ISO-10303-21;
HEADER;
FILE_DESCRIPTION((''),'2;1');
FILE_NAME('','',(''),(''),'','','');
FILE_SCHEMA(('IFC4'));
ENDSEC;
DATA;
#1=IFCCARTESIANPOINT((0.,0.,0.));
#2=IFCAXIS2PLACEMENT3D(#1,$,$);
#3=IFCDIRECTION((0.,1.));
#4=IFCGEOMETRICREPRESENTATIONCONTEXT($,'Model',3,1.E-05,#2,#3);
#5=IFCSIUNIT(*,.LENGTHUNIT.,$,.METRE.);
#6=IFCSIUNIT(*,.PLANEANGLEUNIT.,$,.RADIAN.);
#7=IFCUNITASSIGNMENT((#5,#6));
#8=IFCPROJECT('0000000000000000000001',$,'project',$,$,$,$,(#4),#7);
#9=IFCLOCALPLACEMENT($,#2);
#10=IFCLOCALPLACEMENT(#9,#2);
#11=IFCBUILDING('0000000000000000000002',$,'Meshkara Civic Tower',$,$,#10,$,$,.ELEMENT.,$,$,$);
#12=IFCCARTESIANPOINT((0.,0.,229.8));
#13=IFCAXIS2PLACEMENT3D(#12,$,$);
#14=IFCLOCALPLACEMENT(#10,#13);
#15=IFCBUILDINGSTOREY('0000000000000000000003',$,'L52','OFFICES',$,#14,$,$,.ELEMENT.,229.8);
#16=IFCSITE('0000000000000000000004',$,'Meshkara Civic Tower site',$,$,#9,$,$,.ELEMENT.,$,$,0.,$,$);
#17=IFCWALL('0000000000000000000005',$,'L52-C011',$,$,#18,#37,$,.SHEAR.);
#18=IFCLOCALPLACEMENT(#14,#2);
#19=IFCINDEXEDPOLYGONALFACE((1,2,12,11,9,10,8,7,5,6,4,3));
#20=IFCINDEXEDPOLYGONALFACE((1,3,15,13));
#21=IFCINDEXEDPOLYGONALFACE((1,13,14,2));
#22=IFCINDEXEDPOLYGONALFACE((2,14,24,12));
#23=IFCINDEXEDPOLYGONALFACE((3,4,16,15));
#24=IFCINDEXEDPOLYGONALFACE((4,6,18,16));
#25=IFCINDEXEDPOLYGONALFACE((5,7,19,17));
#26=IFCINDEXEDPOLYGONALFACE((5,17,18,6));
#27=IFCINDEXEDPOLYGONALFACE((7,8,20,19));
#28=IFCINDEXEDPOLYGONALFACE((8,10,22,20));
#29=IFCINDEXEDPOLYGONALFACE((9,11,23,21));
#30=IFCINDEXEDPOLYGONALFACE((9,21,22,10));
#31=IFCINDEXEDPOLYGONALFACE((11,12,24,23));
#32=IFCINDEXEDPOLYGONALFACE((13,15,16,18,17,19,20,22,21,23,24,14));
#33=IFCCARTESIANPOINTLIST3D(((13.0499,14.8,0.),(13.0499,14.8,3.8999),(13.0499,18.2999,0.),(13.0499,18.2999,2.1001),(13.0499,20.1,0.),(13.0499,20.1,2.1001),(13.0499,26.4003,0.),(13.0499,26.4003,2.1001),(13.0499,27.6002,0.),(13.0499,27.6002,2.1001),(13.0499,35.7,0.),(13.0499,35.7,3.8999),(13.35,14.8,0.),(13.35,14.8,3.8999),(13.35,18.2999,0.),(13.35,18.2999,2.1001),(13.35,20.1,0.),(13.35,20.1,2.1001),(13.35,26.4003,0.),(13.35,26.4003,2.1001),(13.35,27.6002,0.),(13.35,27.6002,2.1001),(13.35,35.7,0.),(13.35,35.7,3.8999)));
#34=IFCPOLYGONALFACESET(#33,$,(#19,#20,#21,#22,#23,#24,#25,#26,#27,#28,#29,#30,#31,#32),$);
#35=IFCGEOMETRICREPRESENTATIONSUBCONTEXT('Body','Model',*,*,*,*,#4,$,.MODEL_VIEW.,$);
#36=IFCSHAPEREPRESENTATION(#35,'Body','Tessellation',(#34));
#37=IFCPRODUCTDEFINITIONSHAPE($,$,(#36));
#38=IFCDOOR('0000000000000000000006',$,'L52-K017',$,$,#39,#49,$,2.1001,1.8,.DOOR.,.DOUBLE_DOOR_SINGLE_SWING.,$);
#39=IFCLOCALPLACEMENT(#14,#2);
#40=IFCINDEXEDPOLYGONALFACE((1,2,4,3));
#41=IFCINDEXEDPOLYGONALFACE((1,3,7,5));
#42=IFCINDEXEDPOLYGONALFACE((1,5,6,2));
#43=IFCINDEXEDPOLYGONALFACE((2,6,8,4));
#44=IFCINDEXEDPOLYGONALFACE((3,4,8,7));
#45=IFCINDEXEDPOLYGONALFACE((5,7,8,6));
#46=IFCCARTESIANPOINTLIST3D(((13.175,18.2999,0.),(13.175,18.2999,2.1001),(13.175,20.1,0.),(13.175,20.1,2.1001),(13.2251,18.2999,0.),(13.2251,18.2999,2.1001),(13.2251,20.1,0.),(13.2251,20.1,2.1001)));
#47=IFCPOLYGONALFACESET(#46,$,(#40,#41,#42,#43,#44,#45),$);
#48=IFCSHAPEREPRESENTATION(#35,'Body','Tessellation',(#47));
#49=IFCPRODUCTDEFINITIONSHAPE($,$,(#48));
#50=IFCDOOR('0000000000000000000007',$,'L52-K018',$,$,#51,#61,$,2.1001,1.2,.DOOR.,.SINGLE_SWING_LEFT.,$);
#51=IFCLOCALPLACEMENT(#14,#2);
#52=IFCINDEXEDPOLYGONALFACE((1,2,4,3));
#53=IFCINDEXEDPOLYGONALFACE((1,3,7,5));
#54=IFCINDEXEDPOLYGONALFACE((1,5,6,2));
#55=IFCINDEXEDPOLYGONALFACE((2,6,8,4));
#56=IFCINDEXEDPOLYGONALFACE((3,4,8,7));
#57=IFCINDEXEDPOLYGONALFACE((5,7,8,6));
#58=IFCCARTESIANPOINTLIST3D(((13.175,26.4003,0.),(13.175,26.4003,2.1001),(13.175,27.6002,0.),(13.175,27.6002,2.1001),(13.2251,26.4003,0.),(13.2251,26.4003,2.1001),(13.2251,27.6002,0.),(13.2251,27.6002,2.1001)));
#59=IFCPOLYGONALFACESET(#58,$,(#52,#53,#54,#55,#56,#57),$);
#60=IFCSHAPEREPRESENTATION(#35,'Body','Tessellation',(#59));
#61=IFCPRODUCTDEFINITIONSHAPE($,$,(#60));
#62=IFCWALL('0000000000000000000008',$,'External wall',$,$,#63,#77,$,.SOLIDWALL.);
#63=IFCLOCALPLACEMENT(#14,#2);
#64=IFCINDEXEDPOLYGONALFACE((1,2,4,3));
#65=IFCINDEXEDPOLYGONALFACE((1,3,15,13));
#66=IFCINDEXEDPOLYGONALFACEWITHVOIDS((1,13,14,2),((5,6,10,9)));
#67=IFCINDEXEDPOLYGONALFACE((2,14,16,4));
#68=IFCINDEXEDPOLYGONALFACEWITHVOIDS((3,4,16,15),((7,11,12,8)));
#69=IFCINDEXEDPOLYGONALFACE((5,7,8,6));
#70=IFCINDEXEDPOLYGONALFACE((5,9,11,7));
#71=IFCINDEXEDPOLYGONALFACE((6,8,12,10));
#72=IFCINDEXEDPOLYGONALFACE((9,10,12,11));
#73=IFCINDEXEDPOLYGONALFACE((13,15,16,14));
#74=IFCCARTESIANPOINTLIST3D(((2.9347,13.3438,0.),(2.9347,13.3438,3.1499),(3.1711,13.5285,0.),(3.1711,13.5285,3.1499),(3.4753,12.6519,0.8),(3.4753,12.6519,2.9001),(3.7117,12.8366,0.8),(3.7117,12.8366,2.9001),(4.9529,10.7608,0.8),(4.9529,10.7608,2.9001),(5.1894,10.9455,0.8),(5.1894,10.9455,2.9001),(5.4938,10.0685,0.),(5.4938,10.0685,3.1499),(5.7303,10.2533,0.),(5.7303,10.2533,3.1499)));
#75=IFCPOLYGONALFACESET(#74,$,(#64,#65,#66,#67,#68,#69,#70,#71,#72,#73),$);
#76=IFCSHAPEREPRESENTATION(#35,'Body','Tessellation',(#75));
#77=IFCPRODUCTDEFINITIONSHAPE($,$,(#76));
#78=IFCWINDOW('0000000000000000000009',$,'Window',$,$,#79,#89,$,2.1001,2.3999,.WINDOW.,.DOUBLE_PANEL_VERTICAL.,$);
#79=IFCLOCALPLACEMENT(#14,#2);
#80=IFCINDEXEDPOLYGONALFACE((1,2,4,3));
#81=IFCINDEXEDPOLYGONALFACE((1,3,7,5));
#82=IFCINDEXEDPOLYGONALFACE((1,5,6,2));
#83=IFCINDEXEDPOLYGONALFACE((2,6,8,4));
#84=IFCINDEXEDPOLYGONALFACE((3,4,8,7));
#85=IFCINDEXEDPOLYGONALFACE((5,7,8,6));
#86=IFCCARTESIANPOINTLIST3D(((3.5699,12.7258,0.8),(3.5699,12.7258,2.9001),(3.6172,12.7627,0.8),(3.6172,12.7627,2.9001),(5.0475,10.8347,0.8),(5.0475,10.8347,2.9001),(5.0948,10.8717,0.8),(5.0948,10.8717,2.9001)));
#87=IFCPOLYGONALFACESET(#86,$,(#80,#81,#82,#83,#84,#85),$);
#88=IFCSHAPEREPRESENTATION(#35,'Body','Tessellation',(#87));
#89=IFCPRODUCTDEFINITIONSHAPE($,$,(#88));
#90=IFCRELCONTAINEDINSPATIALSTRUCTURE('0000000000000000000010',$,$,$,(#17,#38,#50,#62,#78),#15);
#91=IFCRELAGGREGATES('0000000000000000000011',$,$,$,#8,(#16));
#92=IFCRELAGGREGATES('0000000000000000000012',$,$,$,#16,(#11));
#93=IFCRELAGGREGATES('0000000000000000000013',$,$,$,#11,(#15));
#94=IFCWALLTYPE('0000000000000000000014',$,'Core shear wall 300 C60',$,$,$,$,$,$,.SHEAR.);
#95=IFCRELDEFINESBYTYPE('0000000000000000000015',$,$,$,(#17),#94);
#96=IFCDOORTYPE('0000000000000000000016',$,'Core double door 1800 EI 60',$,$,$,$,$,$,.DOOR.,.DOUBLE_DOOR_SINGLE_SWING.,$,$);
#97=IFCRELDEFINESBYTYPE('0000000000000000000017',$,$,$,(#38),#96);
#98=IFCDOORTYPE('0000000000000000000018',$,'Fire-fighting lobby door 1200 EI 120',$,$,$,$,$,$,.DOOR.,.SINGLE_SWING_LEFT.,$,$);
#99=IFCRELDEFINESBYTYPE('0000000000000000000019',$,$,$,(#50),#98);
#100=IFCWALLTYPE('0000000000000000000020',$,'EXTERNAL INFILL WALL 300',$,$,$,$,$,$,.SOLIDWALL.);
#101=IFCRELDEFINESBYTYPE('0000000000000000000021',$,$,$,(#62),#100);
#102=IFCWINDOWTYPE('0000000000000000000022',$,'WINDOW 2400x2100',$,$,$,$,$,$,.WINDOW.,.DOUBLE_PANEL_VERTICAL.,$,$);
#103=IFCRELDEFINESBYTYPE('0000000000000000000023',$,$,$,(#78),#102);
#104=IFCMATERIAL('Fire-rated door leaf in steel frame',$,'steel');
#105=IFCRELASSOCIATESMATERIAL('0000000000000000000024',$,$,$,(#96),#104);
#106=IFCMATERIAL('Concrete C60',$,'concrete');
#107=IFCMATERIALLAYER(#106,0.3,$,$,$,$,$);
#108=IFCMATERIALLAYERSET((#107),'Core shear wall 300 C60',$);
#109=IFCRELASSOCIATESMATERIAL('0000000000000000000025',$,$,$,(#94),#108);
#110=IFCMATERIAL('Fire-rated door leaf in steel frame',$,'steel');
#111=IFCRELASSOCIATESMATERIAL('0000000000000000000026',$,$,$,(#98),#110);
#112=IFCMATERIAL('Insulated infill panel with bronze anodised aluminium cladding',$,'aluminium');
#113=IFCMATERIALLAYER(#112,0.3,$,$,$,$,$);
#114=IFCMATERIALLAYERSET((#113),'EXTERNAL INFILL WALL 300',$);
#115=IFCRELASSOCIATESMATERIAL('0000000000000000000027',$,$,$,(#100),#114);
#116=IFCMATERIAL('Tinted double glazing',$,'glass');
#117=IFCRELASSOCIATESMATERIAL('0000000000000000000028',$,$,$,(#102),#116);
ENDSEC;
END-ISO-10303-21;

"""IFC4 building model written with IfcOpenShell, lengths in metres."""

from ifc_helpers import new_model, si_unit, direction, frame, frame_2d, origin, place, context, subcontext, project, spatial, rectangle, extrude, material, layer, layer_set, type_object, element, fill, save


model = new_model("IFC4")

# Units and contexts
model_context = context("Model", 3, precision=1e-05, world=origin(), true_north=direction((0.0, 1.0)))
body_context = subcontext(model_context, "Body", "Model", "MODEL_VIEW")
ifc_project = project(units=[si_unit("LENGTHUNIT", "METRE"), si_unit("PLANEANGLEUNIT", "RADIAN")], contexts=[model_context])

# Site, building, storey
site_placement = place(None, origin())
site = spatial("IfcSite", under=ifc_project, at=site_placement, Name="Meshkara Civic Tower site", CompositionType="ELEMENT", RefElevation=0.0)
building_placement = place(site_placement, origin())
building = spatial("IfcBuilding", under=site, at=building_placement, Name="Meshkara Civic Tower", CompositionType="ELEMENT")
storey_placement = place(building_placement, frame((0.0, 0.0, 229.8)))
storey = spatial("IfcBuildingStorey", under=building, at=storey_placement, Name="L52", Description="OFFICES", CompositionType="ELEMENT", Elevation=229.8)

# Shared definitions
ifc_material_1 = material(Name="Fire-rated door leaf in steel frame", Category="steel")
door_type_1 = type_object("IfcDoorType", Name="Core double door 1800 EI 60", OperationType="DOUBLE_DOOR_SINGLE_SWING", PredefinedType="DOOR", material=ifc_material_1)

# Wall, openings, doors
ifc_material_2 = material(Name="Concrete C60", Category="concrete")
ifc_layer_1 = layer(ifc_material_2, 0.3)
ifc_layer_set_1 = layer_set([ifc_layer_1], Name="Core shear wall 300 C60")
wall_type_1 = type_object("IfcWallType", Name="Core shear wall 300 C60", PredefinedType="SHEAR", material=ifc_layer_set_1)
wall_1_placement = place(storey_placement, frame((13.2, 14.8, 0.0), z_axis=(0.0, 0.0, 1.0), x_axis=(0.0, 1.0, 0.0)))
wall_1 = element("IfcWall", 1, at=wall_1_placement, inside=storey, type_object=wall_type_1, Name="L52-C011", PredefinedType="SHEAR", context=body_context, shape_type="SweptSolid", body=[
    extrude(rectangle(XDim=20.8999, YDim=0.3, at=frame_2d((10.45, 0.0))), origin(), (0.0, 0.0, 1.0), 3.8999),
])
opening_1_placement = place(wall_1_placement, frame((3.5, 0.0, 0.0)))
opening_1 = element("IfcOpeningElement", 2, at=opening_1_placement, cuts=wall_1, PredefinedType="OPENING", context=body_context, shape_type="SweptSolid", body=[
    extrude(rectangle(XDim=1.8, YDim=2.1001, at=frame_2d((0.8999, 1.05))), frame((0.0, 0.1599, 0.0), z_axis=(0.0, -1.0, 0.0), x_axis=(1.0, 0.0, 0.0)), (0.0, 0.0, 1.0), 0.3201),
])
opening_2_placement = place(wall_1_placement, frame((11.6001, 0.0, 0.0)))
opening_2 = element("IfcOpeningElement", 3, at=opening_2_placement, cuts=wall_1, PredefinedType="OPENING", context=body_context, shape_type="SweptSolid", body=[
    extrude(rectangle(XDim=1.2, YDim=2.1001, at=frame_2d((0.6001, 1.05))), frame((0.0, 0.1599, 0.0), z_axis=(0.0, -1.0, 0.0), x_axis=(1.0, 0.0, 0.0)), (0.0, 0.0, 1.0), 0.3201),
])
door_1_placement = place(opening_1_placement, origin())
door_1 = element("IfcDoor", 4, at=door_1_placement, inside=storey, type_object=door_type_1, Name="L52-K017", OperationType="DOUBLE_DOOR_SINGLE_SWING", OverallHeight=2.1001, OverallWidth=1.8, PredefinedType="DOOR", context=body_context, shape_type="SweptSolid", body=[
    extrude(rectangle(XDim=1.8, YDim=2.1001, at=frame_2d((0.8999, 1.05))), frame((0.0, 0.0249, 0.0), z_axis=(0.0, -1.0, 0.0), x_axis=(1.0, 0.0, 0.0)), (0.0, 0.0, 1.0), 0.05),
])
fill(opening_1, door_1)
ifc_material_3 = material(Name="Fire-rated door leaf in steel frame", Category="steel")
door_type_2 = type_object("IfcDoorType", Name="Fire-fighting lobby door 1200 EI 120", OperationType="SINGLE_SWING_LEFT", PredefinedType="DOOR", material=ifc_material_3)
door_2_placement = place(opening_2_placement, origin())
door_2 = element("IfcDoor", 5, at=door_2_placement, inside=storey, type_object=door_type_2, Name="L52-K018", OperationType="SINGLE_SWING_LEFT", OverallHeight=2.1001, OverallWidth=1.2, PredefinedType="DOOR", context=body_context, shape_type="SweptSolid", body=[
    extrude(rectangle(XDim=1.2, YDim=2.1001, at=frame_2d((0.6001, 1.05))), frame((0.0, 0.0249, 0.0), z_axis=(0.0, -1.0, 0.0), x_axis=(1.0, 0.0, 0.0)), (0.0, 0.0, 1.0), 0.05),
])
fill(opening_2, door_2)

# Wall, opening, window
ifc_material_4 = material(Name="Insulated infill panel with bronze anodised aluminium cladding", Category="aluminium")
ifc_layer_2 = layer(ifc_material_4, 0.3)
ifc_layer_set_2 = layer_set([ifc_layer_2], Name="EXTERNAL INFILL WALL 300")
wall_type_2 = type_object("IfcWallType", Name="EXTERNAL INFILL WALL 300", PredefinedType="SOLIDWALL", material=ifc_layer_set_2)
wall_2_placement = place(storey_placement, frame((3.053, 13.436, 0.0), z_axis=(0.0, 0.0, 1.0), x_axis=(0.6157, -0.787981, 0.0)))
wall_2 = element("IfcWall", 6, at=wall_2_placement, inside=storey, type_object=wall_type_2, Name="External wall", PredefinedType="SOLIDWALL", context=body_context, shape_type="SweptSolid", body=[
    extrude(rectangle(XDim=4.1565, YDim=0.3, at=frame_2d((2.0781, 0.0))), origin(), (0.0, 0.0, 1.0), 3.1499),
])
opening_3_placement = place(wall_2_placement, frame((0.8779, 0.0, 0.8)))
opening_3 = element("IfcOpeningElement", 7, at=opening_3_placement, cuts=wall_2, PredefinedType="OPENING", context=body_context, shape_type="SweptSolid", body=[
    extrude(rectangle(XDim=2.3999, YDim=2.1001, at=frame_2d((1.2, 1.05))), frame((0.0, 0.1599, 0.0), z_axis=(0.0, -1.0, 0.0), x_axis=(1.0, 0.0, 0.0)), (0.0, 0.0, 1.0), 0.3201),
])
ifc_material_5 = material(Name="Tinted double glazing", Category="glass")
window_type = type_object("IfcWindowType", Name="WINDOW 2400x2100", PartitioningType="DOUBLE_PANEL_VERTICAL", PredefinedType="WINDOW", material=ifc_material_5)
window_placement = place(opening_3_placement, origin())
window = element("IfcWindow", 8, at=window_placement, inside=storey, type_object=window_type, Name="Window", OverallHeight=2.1001, OverallWidth=2.3999, PartitioningType="DOUBLE_PANEL_VERTICAL", PredefinedType="WINDOW", context=body_context, shape_type="SweptSolid", body=[
    extrude(rectangle(XDim=2.3999, YDim=2.1001, at=frame_2d((1.2, 1.05))), frame((0.0, 0.03, 0.0), z_axis=(0.0, -1.0, 0.0), x_axis=(1.0, 0.0, 0.0)), (0.0, 0.0, 1.0), 0.0601),
])
fill(opening_3, window)

save(model, "model.ifc")
